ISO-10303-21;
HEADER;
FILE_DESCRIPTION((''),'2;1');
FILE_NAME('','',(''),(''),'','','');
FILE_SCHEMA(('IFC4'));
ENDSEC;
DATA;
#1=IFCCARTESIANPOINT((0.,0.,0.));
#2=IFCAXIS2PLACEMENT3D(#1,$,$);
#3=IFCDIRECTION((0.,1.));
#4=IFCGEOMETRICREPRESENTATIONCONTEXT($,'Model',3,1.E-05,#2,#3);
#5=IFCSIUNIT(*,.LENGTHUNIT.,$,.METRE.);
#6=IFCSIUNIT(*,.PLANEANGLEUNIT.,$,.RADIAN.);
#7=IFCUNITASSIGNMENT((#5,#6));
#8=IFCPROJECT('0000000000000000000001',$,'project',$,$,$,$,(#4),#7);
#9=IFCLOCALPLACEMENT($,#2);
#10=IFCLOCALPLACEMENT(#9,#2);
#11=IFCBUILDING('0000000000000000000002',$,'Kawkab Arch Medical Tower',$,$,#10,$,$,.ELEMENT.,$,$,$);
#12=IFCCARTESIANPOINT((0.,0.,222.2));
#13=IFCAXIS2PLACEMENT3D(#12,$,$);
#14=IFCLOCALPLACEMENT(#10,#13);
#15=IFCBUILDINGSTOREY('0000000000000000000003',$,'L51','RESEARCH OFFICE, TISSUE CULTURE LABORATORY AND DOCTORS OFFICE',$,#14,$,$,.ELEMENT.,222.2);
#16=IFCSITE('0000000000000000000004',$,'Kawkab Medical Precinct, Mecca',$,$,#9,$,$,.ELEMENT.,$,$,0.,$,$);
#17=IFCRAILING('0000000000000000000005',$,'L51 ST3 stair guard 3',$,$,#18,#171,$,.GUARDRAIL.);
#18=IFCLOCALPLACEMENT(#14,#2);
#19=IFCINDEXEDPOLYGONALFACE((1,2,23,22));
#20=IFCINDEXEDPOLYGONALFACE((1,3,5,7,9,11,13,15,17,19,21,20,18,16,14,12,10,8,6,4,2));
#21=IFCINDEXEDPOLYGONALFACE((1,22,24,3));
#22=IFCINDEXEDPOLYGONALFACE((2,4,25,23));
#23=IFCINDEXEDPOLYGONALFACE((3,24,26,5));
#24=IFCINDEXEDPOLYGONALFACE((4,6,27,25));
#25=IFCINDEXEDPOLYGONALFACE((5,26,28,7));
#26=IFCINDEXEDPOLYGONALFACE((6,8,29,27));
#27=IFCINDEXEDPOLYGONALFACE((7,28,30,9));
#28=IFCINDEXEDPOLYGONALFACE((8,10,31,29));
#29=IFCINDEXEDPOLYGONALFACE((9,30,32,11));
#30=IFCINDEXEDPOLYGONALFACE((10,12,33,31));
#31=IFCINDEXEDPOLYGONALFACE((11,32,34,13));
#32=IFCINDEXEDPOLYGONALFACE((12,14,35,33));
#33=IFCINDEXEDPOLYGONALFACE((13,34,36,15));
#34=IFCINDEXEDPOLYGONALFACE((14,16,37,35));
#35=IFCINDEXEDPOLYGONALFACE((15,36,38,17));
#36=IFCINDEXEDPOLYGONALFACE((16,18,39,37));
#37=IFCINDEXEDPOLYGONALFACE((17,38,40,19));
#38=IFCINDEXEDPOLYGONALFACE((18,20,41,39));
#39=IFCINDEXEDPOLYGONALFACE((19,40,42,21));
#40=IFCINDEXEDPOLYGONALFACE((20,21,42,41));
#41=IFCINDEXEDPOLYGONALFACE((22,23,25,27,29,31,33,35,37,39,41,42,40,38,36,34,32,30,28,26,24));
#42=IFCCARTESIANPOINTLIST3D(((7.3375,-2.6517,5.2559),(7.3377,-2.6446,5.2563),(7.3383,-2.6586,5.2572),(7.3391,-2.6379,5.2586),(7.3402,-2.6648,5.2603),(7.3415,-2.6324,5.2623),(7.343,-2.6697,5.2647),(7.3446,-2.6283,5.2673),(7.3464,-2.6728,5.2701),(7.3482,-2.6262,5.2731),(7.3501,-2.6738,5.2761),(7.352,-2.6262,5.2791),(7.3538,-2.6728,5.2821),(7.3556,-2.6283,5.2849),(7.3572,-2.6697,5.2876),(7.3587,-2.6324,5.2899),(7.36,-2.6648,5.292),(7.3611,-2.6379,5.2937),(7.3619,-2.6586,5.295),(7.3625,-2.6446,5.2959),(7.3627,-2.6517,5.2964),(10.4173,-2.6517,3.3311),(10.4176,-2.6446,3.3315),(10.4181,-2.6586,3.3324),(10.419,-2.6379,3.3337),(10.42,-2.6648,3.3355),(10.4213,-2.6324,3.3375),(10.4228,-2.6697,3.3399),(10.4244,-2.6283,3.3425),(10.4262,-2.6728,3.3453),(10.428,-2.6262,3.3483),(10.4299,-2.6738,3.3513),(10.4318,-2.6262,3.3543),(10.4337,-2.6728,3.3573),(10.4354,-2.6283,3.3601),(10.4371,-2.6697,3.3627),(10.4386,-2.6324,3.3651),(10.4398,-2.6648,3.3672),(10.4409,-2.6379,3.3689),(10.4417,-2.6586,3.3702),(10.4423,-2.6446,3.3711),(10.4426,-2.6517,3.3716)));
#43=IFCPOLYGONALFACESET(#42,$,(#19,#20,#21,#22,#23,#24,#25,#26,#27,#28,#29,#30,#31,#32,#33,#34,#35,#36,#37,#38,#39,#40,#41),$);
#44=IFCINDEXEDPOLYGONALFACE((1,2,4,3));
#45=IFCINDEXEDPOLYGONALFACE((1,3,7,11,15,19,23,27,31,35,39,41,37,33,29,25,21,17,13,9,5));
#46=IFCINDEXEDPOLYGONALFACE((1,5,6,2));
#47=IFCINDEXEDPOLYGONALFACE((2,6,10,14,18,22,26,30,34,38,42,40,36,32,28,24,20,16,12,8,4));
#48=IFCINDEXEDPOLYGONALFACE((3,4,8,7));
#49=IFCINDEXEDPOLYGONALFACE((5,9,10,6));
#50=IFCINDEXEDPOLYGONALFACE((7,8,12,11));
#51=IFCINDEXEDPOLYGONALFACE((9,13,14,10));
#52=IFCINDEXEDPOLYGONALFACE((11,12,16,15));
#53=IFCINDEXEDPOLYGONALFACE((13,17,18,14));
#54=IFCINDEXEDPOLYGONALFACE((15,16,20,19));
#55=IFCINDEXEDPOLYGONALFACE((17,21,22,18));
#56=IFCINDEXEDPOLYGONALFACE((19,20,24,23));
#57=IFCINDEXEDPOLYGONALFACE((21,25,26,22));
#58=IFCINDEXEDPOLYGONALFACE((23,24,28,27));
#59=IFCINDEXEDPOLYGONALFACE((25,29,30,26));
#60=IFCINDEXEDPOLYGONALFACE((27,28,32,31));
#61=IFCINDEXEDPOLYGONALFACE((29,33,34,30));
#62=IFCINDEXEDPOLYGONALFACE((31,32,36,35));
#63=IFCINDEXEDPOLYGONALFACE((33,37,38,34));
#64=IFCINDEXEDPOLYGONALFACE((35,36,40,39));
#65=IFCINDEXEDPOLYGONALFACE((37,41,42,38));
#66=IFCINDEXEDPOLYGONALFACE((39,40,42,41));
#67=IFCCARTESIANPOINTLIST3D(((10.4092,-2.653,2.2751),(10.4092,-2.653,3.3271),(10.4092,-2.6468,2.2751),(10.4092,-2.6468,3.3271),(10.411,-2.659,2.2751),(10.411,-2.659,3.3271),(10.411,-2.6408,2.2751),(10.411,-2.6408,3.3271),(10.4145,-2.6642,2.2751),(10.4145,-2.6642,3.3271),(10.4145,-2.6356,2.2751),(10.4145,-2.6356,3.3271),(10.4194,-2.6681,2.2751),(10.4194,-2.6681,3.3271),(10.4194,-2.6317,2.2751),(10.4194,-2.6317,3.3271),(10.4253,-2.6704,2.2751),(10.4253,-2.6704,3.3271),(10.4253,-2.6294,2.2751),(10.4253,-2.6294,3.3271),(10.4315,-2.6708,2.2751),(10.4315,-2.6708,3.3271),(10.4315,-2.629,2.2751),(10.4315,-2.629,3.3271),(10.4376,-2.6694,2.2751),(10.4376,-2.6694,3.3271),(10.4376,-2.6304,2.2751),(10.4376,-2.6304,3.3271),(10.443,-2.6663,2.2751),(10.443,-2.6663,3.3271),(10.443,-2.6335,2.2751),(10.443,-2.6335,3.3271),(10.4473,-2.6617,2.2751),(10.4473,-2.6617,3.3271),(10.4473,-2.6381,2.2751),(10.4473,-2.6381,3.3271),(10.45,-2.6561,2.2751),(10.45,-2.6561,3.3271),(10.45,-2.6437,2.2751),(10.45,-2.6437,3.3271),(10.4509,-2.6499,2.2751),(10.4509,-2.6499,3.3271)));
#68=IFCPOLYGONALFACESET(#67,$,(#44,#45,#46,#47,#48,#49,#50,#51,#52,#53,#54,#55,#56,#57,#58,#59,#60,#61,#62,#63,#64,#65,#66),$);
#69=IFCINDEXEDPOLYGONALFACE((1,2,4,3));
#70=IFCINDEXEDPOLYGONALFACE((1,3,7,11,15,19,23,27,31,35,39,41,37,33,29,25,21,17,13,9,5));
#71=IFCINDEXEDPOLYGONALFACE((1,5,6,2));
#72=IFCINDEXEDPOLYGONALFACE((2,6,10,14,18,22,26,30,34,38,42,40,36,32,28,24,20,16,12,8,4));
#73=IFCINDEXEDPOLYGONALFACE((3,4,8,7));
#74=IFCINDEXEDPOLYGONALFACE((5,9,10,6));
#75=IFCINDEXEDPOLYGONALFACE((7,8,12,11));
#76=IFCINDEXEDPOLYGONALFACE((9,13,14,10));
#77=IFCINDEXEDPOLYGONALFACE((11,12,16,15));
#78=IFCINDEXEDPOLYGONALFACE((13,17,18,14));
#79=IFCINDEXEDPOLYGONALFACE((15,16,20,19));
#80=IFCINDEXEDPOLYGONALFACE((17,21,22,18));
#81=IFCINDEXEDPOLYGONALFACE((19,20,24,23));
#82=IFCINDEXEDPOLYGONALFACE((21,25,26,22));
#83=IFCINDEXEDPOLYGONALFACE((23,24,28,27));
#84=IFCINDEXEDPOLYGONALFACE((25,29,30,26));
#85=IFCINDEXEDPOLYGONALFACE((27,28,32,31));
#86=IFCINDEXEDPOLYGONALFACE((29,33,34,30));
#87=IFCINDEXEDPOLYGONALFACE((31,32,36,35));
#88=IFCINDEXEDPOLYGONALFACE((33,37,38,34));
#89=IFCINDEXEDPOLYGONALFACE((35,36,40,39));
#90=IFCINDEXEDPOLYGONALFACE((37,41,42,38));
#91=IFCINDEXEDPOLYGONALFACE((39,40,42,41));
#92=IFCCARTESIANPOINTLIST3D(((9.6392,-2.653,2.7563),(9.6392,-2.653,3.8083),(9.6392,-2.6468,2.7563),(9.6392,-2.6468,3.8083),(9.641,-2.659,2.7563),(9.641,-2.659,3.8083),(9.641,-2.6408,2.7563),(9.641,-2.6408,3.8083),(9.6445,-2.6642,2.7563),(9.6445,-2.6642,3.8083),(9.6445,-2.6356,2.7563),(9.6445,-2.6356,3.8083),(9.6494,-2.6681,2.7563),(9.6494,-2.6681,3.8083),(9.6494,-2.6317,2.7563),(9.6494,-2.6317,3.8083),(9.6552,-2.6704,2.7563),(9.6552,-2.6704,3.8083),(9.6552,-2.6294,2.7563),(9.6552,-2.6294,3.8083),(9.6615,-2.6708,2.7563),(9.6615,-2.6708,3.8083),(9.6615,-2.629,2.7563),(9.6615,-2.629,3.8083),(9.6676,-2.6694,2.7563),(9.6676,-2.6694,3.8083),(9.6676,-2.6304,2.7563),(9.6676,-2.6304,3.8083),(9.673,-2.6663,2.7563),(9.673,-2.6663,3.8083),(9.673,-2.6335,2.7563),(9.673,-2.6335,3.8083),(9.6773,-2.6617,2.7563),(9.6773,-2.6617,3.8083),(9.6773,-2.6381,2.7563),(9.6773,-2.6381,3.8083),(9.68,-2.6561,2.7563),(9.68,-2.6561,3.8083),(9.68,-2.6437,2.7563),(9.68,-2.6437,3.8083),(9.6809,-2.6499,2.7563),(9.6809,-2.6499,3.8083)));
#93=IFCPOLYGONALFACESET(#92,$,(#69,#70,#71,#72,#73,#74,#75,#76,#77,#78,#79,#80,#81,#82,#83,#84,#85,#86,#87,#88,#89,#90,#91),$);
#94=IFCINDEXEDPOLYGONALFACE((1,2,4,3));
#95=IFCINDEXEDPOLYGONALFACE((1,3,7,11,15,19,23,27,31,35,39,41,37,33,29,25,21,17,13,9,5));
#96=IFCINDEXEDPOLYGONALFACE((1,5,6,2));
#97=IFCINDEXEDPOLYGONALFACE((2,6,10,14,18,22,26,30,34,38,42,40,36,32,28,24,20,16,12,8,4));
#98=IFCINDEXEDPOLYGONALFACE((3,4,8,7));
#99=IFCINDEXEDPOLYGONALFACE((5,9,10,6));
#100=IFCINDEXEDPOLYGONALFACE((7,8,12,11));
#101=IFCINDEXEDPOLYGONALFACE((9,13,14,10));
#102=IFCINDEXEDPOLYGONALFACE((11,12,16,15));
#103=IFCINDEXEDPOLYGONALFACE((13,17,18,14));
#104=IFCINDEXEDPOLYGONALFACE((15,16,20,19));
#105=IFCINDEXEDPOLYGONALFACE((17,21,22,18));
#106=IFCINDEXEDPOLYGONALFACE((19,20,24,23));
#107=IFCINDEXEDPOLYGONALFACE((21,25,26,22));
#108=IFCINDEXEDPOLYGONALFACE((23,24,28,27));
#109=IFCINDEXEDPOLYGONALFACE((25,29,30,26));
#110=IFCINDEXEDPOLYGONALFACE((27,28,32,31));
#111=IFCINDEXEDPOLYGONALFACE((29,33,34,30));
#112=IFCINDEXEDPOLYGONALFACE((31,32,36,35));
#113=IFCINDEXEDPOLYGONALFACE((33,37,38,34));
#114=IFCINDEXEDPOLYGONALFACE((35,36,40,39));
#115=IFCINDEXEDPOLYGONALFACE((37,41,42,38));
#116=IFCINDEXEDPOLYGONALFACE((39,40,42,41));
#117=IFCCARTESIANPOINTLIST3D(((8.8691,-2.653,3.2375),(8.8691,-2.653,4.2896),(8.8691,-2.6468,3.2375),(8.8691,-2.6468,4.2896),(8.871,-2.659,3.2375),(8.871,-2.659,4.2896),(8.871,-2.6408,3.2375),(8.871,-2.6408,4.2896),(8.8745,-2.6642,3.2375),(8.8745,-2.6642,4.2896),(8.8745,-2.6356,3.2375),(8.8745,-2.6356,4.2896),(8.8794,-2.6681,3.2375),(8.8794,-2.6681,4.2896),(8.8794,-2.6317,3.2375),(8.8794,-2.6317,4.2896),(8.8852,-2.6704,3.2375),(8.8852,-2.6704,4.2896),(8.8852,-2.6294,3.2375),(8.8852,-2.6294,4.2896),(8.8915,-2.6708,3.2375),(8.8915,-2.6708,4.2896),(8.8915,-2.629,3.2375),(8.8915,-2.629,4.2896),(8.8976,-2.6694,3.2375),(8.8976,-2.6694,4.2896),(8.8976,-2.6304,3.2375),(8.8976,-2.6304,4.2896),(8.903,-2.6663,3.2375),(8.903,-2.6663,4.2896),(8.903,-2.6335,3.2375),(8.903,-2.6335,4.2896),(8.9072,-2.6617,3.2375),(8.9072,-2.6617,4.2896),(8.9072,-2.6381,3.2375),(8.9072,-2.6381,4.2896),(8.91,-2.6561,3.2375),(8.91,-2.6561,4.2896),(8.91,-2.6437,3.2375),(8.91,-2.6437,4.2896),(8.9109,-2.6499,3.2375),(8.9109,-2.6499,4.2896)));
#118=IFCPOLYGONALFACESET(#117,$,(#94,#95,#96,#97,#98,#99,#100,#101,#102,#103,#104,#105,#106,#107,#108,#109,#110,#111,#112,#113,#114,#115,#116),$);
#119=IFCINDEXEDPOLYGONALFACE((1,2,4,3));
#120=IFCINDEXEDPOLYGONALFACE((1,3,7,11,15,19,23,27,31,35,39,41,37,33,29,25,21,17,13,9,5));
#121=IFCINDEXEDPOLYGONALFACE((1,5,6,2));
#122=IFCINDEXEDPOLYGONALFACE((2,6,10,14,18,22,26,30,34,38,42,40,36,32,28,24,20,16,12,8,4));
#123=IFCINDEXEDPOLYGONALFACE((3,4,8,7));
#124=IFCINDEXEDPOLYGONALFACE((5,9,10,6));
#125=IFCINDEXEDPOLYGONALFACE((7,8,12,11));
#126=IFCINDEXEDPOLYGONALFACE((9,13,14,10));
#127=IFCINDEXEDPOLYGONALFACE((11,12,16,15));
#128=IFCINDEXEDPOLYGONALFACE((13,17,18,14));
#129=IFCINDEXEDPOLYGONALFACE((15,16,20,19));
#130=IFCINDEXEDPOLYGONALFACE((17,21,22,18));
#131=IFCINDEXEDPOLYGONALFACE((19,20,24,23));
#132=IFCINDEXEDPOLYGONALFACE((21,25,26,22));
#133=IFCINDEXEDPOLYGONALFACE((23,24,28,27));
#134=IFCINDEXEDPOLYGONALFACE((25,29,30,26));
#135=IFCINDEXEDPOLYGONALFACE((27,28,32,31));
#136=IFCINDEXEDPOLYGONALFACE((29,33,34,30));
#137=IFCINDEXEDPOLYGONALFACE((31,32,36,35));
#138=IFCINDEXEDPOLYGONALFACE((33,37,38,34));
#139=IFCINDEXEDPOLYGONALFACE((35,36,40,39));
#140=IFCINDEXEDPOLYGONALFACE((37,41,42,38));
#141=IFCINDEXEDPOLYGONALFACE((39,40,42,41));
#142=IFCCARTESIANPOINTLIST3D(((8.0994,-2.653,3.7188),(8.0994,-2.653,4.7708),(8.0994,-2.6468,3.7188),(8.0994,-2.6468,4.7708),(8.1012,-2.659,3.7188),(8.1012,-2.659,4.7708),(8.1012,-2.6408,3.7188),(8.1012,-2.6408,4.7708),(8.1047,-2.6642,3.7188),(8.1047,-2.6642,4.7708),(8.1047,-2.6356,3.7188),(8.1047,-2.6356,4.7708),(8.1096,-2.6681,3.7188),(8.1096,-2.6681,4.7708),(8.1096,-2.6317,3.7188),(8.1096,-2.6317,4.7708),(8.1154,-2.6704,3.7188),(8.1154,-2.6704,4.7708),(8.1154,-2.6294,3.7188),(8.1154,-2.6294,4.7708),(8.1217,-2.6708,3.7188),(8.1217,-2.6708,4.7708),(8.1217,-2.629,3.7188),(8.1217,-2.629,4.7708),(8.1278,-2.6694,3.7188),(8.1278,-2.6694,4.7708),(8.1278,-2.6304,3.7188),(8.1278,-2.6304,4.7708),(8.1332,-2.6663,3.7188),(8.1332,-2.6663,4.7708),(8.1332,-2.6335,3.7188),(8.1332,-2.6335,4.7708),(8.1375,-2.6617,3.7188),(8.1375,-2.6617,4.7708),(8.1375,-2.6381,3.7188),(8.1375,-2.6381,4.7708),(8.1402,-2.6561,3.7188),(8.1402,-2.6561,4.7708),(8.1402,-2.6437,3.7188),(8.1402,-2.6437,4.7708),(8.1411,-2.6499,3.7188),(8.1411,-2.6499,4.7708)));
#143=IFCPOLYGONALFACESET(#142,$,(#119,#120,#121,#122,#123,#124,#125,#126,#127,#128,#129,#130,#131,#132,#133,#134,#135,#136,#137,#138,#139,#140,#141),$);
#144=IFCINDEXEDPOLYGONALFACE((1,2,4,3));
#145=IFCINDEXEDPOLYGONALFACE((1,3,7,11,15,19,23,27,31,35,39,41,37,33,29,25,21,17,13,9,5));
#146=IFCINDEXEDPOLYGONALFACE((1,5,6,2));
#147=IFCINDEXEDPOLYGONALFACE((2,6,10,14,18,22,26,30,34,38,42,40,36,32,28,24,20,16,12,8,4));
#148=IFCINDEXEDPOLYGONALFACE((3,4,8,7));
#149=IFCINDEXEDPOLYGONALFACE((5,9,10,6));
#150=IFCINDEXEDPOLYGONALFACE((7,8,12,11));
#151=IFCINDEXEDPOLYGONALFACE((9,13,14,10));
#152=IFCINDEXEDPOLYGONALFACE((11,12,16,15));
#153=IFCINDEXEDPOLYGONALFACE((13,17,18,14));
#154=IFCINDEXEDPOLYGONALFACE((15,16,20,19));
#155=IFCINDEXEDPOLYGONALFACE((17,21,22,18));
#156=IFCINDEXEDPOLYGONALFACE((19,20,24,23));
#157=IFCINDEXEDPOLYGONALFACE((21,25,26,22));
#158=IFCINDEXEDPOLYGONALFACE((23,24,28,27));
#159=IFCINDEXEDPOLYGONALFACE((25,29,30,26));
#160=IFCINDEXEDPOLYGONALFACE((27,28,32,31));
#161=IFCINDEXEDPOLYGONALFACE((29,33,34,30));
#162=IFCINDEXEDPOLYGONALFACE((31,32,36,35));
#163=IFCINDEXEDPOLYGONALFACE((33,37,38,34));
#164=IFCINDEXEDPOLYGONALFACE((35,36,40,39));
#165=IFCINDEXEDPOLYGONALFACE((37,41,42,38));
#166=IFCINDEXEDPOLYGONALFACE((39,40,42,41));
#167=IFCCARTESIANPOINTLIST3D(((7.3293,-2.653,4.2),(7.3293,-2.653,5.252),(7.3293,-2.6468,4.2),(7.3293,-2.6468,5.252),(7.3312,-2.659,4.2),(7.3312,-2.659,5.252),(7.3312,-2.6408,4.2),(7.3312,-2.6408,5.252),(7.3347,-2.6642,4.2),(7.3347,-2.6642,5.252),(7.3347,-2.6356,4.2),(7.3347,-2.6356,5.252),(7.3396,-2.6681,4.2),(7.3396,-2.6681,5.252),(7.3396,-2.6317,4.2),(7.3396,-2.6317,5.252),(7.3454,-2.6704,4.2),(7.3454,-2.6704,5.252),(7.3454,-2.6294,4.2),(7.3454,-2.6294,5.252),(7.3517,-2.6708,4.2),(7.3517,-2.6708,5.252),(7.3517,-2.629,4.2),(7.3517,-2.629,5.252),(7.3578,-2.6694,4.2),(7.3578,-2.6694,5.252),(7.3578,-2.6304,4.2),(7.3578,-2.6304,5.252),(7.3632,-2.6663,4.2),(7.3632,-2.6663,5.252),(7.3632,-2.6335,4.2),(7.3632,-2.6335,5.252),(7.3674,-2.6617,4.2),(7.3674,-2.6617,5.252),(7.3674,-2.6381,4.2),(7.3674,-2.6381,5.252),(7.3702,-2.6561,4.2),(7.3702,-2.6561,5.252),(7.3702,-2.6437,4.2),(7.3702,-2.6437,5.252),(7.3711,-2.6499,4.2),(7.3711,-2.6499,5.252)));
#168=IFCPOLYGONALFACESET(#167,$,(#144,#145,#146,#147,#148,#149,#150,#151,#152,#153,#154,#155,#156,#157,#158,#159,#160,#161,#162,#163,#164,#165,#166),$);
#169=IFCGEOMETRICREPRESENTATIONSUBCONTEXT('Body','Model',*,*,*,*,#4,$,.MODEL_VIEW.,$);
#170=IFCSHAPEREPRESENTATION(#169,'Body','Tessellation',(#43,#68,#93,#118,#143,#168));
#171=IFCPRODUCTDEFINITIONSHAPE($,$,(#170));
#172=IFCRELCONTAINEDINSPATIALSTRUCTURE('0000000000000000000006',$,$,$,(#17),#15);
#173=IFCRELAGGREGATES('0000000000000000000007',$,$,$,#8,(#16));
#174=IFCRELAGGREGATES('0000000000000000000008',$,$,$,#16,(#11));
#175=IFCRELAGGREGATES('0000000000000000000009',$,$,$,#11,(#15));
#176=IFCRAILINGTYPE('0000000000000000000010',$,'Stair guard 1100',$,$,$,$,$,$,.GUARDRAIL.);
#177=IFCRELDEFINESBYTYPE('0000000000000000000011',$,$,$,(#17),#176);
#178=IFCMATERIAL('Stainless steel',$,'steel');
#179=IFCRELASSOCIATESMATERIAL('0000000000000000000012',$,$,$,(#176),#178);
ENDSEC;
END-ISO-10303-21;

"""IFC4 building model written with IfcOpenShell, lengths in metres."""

from ifc_helpers import new_model, si_unit, direction, frame, origin, origin_2d, place, context, subcontext, project, spatial, circle, extrude, material, type_object, element, save


model = new_model("IFC4")

# Units and contexts
model_context = context("Model", 3, precision=1e-05, world=origin(), true_north=direction((0.0, 1.0)))
body_context = subcontext(model_context, "Body", "Model", "MODEL_VIEW")
ifc_project = project(units=[si_unit("LENGTHUNIT", "METRE"), si_unit("PLANEANGLEUNIT", "RADIAN")], contexts=[model_context])

# Site, building, storey
site_placement = place(None, origin())
site = spatial("IfcSite", under=ifc_project, at=site_placement, Name="Kawkab Medical Precinct, Mecca", CompositionType="ELEMENT", RefElevation=0.0)
building_placement = place(site_placement, origin())
building = spatial("IfcBuilding", under=site, at=building_placement, Name="Kawkab Arch Medical Tower", CompositionType="ELEMENT")
storey_placement = place(building_placement, frame((0.0, 0.0, 222.2)))
storey = spatial("IfcBuildingStorey", under=building, at=storey_placement, Name="L51", Description="RESEARCH OFFICE, TISSUE CULTURE LABORATORY AND DOCTORS OFFICE", CompositionType="ELEMENT", Elevation=222.2)

# Railing
ifc_material_1 = material(Name="Stainless steel", Category="steel")
railing_type_1 = type_object("IfcRailingType", Name="Stair guard 1100", PredefinedType="GUARDRAIL", material=ifc_material_1)
railing_1_placement = place(storey_placement, frame((10.4299, -2.6499, 2.2751)))
element("IfcRailing", 1, at=railing_1_placement, inside=storey, type_object=railing_type_1, Name="L51 ST3 stair guard 3", PredefinedType="GUARDRAIL", context=body_context, shape_type="SweptSolid", body=[
    extrude(circle(Radius=0.0239, at=origin_2d()), frame((0.0, 0.0, 1.0762), z_axis=(-0.84801, 0.0, 0.529981), x_axis=(0.0, -1.0, 0.0)), (0.0, 0.0, 1.0), 3.6318),
    extrude(circle(Radius=0.021, at=origin_2d()), origin(), (0.0, 0.0, 1.0), 1.052),
    extrude(circle(Radius=0.021, at=origin_2d()), frame((-0.77, 0.0, 0.4812)), (0.0, 0.0, 1.0), 1.052),
    extrude(circle(Radius=0.021, at=origin_2d()), frame((-1.54, 0.0, 0.9624)), (0.0, 0.0, 1.0), 1.052),
    extrude(circle(Radius=0.021, at=origin_2d()), frame((-2.3098, 0.0, 1.4436)), (0.0, 0.0, 1.0), 1.052),
    extrude(circle(Radius=0.021, at=origin_2d()), frame((-3.0798, 0.0, 1.9248)), (0.0, 0.0, 1.0), 1.052),
])

save(model, "model.ifc")
